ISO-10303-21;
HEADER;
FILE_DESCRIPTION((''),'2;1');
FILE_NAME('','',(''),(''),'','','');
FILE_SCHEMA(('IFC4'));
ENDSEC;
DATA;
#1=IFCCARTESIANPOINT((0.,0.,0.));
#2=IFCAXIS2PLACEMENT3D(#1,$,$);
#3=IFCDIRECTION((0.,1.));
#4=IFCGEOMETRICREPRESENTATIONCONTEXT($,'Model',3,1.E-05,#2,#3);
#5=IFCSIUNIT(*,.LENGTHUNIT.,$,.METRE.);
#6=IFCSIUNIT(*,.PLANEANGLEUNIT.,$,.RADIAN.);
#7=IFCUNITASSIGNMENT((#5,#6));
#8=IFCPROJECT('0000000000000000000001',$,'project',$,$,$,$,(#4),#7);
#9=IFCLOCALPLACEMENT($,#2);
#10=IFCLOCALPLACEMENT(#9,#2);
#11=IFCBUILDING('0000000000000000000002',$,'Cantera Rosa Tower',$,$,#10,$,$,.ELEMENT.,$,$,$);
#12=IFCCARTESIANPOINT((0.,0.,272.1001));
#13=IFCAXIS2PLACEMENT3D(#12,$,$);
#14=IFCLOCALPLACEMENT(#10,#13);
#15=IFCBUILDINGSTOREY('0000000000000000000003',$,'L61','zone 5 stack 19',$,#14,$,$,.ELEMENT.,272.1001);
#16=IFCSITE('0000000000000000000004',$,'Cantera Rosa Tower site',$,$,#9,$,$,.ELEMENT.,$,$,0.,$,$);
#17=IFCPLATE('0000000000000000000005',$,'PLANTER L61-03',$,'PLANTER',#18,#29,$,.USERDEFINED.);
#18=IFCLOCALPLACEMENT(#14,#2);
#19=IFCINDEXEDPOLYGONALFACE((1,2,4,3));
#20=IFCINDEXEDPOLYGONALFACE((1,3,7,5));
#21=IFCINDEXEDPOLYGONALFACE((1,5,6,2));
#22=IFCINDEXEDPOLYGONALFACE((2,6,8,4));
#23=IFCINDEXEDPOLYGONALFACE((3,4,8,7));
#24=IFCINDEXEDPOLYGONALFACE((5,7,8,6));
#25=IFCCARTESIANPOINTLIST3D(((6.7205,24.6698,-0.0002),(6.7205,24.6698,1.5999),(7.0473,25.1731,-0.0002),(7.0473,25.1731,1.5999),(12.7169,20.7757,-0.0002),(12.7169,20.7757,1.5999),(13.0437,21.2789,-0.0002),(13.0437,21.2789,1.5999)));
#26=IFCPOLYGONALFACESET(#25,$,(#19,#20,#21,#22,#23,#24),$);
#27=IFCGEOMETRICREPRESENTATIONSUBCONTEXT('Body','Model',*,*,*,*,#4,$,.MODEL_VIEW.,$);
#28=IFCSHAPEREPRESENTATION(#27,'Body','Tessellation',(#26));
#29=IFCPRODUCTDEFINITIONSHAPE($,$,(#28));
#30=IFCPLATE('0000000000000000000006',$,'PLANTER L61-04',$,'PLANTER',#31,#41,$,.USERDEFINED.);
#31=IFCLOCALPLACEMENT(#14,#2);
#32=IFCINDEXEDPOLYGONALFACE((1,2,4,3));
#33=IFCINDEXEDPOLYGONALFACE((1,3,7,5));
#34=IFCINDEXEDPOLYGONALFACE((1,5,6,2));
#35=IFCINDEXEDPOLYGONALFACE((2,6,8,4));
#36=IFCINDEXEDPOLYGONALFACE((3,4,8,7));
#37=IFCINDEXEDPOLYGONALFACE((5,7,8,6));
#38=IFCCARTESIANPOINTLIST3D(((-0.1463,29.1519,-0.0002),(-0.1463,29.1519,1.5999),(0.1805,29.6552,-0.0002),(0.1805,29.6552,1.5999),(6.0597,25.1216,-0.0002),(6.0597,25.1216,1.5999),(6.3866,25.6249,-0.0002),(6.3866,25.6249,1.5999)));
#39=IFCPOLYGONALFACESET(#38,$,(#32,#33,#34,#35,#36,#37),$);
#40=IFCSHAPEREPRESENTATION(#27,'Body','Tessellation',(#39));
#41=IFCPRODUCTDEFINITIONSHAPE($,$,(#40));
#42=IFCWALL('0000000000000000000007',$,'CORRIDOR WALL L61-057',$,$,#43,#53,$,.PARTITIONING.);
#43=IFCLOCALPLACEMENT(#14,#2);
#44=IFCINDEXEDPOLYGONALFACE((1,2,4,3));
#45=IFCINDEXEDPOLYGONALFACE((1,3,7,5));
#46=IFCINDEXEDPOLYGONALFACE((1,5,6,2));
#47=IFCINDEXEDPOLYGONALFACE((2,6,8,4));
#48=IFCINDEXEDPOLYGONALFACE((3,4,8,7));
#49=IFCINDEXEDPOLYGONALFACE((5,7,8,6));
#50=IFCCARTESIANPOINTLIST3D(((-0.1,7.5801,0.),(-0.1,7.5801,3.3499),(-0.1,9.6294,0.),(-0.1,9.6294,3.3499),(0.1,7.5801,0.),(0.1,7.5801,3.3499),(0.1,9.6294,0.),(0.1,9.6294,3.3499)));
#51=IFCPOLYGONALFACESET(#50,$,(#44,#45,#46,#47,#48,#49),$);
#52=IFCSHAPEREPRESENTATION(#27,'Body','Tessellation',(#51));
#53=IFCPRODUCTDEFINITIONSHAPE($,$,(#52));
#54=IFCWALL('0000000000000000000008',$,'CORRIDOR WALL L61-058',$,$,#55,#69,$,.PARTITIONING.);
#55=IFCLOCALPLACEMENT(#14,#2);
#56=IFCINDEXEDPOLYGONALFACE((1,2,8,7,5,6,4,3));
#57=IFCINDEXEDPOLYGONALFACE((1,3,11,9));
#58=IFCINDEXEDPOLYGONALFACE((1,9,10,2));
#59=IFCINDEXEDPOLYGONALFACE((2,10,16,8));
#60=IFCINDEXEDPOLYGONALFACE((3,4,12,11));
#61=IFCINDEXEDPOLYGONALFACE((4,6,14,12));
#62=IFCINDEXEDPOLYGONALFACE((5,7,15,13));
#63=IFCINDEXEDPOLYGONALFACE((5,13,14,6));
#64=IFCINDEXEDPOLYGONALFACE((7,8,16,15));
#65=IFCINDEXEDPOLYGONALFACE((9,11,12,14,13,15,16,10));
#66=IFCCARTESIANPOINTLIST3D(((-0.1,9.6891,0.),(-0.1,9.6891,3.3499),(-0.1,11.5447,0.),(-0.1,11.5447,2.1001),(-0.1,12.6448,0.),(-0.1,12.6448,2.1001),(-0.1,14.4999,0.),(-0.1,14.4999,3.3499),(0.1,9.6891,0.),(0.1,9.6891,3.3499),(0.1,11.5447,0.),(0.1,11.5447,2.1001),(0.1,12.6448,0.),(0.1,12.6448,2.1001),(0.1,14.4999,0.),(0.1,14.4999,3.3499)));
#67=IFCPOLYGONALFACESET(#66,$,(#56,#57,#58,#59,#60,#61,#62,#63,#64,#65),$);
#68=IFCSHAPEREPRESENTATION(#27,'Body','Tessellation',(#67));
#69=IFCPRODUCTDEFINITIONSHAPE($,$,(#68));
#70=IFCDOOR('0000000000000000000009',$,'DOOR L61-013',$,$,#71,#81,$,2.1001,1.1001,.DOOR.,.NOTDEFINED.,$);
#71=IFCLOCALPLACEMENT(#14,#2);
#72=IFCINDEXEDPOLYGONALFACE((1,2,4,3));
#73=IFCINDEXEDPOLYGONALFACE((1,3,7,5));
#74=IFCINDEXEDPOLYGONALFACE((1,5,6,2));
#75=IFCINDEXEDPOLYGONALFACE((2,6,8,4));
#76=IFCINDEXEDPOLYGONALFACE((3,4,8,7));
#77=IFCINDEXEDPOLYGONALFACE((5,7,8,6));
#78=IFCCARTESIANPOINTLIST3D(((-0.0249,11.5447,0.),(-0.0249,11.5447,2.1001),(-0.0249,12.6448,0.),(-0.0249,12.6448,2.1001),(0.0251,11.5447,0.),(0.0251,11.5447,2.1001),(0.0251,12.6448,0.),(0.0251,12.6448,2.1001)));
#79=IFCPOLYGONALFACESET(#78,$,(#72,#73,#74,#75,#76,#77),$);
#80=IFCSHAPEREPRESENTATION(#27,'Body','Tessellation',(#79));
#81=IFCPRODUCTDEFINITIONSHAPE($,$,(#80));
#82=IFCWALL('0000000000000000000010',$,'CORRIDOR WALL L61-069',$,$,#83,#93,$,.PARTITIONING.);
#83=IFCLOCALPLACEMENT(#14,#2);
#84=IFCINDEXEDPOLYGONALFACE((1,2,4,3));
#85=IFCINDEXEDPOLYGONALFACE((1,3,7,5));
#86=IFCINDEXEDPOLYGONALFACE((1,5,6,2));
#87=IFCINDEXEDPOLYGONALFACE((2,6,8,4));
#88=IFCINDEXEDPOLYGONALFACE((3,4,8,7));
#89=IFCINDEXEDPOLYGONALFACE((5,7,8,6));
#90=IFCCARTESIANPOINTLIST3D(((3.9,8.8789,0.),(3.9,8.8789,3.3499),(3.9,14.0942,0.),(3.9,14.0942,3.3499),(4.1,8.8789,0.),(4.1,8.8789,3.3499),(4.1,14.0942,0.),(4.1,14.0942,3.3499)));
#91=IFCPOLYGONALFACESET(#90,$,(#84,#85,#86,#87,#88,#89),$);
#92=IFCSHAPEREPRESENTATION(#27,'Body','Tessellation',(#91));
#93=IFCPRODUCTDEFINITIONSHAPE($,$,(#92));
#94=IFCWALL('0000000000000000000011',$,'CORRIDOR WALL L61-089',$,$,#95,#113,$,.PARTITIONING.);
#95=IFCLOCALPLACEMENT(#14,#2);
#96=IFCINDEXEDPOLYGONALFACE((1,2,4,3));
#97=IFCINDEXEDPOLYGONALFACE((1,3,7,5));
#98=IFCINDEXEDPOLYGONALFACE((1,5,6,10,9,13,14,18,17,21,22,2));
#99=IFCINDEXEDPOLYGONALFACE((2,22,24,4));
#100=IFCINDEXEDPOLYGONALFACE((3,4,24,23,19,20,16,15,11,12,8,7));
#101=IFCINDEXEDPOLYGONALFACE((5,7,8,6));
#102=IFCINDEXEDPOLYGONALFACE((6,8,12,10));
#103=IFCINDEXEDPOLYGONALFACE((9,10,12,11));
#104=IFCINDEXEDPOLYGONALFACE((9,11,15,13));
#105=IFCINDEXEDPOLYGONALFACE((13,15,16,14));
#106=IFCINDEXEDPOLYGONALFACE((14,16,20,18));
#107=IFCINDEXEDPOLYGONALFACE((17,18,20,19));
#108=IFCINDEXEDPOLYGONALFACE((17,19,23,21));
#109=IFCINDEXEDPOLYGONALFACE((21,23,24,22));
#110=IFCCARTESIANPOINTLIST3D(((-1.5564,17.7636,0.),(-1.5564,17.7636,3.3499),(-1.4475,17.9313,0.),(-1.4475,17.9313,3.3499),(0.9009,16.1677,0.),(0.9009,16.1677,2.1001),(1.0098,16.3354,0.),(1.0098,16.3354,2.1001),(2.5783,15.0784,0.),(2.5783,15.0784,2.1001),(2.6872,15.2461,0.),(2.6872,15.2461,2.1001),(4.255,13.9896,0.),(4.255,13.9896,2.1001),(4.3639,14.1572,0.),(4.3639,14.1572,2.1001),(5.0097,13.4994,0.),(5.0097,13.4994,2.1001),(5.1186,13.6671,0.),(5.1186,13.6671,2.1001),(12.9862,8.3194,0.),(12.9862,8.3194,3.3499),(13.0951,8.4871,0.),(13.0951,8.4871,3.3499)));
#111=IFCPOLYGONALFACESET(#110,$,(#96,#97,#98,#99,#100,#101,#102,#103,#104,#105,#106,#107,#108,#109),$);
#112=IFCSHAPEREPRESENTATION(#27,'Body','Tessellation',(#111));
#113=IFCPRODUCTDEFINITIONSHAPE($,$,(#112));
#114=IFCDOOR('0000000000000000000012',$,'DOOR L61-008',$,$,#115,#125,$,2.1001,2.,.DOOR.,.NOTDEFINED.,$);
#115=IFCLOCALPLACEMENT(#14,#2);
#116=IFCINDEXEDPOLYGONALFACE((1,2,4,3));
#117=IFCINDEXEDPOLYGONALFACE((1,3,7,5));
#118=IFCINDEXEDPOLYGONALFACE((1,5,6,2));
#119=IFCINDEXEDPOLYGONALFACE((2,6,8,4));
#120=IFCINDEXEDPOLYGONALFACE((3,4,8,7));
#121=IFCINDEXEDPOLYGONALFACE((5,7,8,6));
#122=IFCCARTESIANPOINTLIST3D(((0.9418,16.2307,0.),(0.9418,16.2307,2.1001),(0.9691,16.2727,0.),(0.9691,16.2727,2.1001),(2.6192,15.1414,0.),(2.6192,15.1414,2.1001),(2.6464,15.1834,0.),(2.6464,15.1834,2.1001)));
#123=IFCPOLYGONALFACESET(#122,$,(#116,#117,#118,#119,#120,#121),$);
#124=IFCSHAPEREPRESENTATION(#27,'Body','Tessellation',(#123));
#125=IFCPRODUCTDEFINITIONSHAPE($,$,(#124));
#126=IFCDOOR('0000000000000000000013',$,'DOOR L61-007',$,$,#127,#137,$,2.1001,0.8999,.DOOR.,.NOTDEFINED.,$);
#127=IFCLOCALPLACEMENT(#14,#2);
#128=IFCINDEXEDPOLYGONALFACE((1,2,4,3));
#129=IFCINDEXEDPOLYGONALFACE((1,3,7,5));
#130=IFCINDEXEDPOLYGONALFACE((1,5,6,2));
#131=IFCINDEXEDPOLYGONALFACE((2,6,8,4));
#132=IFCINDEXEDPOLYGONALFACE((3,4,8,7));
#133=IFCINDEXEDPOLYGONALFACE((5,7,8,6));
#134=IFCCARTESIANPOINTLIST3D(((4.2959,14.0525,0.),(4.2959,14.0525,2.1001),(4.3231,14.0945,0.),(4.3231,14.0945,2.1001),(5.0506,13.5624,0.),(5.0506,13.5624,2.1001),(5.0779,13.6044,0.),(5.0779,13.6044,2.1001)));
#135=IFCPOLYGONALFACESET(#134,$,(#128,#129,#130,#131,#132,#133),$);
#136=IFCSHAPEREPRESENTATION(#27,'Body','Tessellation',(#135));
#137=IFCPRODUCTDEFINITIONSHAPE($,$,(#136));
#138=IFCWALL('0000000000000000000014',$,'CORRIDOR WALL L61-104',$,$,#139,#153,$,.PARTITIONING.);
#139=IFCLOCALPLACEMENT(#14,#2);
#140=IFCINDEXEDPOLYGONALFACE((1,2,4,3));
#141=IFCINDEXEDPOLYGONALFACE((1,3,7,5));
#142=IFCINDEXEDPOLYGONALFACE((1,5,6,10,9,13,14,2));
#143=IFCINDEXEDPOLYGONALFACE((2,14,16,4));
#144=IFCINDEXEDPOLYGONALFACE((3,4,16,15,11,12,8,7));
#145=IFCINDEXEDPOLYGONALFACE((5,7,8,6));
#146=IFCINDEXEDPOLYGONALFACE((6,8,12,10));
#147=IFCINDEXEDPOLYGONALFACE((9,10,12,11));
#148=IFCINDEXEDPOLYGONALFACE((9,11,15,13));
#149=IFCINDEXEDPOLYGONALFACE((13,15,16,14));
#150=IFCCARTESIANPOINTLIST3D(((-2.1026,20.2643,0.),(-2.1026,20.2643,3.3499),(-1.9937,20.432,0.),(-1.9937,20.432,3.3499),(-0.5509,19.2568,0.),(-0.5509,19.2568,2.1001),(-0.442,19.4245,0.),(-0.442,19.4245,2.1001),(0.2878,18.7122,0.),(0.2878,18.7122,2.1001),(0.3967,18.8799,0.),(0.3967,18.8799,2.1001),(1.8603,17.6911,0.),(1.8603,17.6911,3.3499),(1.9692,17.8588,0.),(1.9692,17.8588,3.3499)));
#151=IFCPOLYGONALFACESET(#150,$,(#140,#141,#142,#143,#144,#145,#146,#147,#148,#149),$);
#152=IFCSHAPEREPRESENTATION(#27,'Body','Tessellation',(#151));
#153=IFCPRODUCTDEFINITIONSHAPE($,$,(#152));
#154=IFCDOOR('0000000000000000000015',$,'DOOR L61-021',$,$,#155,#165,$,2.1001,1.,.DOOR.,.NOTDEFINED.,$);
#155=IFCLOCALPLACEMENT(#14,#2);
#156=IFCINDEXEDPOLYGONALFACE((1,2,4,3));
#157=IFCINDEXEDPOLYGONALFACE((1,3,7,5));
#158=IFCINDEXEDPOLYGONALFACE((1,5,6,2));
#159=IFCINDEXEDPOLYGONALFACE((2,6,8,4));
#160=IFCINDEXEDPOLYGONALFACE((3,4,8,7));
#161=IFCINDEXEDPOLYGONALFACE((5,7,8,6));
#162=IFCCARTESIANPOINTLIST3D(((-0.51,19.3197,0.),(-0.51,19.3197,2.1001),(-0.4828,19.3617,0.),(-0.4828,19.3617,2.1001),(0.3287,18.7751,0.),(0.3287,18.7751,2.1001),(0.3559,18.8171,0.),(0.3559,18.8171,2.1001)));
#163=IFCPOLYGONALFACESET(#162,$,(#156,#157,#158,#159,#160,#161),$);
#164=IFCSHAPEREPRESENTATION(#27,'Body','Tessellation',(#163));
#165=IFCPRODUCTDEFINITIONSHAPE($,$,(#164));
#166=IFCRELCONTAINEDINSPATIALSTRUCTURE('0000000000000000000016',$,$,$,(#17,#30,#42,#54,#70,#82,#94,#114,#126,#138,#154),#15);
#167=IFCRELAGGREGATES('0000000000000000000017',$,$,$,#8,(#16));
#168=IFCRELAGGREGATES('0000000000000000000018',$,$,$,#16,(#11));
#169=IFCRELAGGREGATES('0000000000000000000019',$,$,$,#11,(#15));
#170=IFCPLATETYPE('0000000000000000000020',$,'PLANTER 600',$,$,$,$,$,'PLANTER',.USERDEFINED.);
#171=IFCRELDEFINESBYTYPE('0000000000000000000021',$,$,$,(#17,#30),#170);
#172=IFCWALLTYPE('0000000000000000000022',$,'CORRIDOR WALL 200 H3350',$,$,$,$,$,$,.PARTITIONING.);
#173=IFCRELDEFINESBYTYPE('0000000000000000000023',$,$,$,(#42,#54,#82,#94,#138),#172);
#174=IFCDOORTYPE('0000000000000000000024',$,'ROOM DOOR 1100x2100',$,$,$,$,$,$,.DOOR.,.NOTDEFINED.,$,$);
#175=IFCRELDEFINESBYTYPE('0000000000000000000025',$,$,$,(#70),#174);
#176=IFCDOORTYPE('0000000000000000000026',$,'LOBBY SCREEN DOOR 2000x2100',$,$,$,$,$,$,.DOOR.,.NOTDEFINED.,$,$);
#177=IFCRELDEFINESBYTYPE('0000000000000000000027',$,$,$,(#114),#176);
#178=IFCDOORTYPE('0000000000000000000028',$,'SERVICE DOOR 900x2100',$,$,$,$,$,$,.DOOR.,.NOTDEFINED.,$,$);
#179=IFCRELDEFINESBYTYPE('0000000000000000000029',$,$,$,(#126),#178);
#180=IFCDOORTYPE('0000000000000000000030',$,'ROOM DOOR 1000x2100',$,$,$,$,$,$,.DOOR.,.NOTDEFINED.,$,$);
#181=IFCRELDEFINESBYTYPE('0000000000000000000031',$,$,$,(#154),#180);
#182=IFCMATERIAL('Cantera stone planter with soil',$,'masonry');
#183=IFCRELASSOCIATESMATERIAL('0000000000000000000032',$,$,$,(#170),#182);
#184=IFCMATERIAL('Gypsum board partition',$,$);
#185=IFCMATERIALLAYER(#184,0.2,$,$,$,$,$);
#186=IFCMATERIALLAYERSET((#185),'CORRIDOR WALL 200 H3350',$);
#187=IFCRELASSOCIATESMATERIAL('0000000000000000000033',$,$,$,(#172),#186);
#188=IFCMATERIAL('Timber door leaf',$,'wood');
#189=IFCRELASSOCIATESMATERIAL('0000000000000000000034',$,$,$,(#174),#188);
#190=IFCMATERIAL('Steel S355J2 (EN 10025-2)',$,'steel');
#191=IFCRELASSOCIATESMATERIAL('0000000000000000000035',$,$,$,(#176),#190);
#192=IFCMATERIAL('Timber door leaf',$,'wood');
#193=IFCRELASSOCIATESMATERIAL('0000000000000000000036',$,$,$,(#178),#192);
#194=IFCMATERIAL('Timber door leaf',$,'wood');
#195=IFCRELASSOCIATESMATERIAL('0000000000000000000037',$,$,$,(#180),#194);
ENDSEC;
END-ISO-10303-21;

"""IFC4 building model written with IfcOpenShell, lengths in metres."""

from ifc_helpers import new_model, si_unit, direction, frame, frame_2d, origin, origin_2d, place, context, subcontext, project, spatial, rectangle, extrude, material, layer, layer_set, type_object, element, fill, save


model = new_model("IFC4")

# Units and contexts
model_context = context("Model", 3, precision=1e-05, world=origin(), true_north=direction((0.0, 1.0)))
body_context = subcontext(model_context, "Body", "Model", "MODEL_VIEW")
ifc_project = project(units=[si_unit("LENGTHUNIT", "METRE"), si_unit("PLANEANGLEUNIT", "RADIAN")], contexts=[model_context])

# Site, building, storey
site_placement = place(None, origin())
site = spatial("IfcSite", under=ifc_project, at=site_placement, Name="Cantera Rosa Tower site", CompositionType="ELEMENT", RefElevation=0.0)
building_placement = place(site_placement, origin())
building = spatial("IfcBuilding", under=site, at=building_placement, Name="Cantera Rosa Tower", CompositionType="ELEMENT")
storey_placement = place(building_placement, frame((0.0, 0.0, 272.1001)))
storey = spatial("IfcBuildingStorey", under=building, at=storey_placement, Name="L61", Description="zone 5 stack 19", CompositionType="ELEMENT", Elevation=272.1001)

# Plates
ifc_material_1 = material(Name="Cantera stone planter with soil", Category="masonry")
plate_type = type_object("IfcPlateType", Name="PLANTER 600", ElementType="PLANTER", PredefinedType="USERDEFINED", material=ifc_material_1)
plate_1_placement = place(storey_placement, frame((9.8821, 22.9744, -0.0002), z_axis=(0.0, 0.0, 1.0), x_axis=(-0.838671, 0.544639, 0.0)))
element("IfcPlate", 1, at=plate_1_placement, inside=storey, type_object=plate_type, Name="PLANTER L61-03", ObjectType="PLANTER", PredefinedType="USERDEFINED", context=body_context, shape_type="SweptSolid", body=[
    extrude(rectangle(XDim=7.1499, YDim=0.6001, at=origin_2d()), origin(), (0.0, 0.0, 1.0), 1.6001),
])
plate_2_placement = place(storey_placement, frame((3.1201, 27.3884, -0.0002), z_axis=(0.0, 0.0, 1.0), x_axis=(-0.838671, 0.544639, 0.0)))
element("IfcPlate", 2, at=plate_2_placement, inside=storey, type_object=plate_type, Name="PLANTER L61-04", ObjectType="PLANTER", PredefinedType="USERDEFINED", context=body_context, shape_type="SweptSolid", body=[
    extrude(rectangle(XDim=7.3999, YDim=0.6001, at=origin_2d()), origin(), (0.0, 0.0, 1.0), 1.6001),
])

# Wall
ifc_material_2 = material(Name="Gypsum board partition")
ifc_layer_1 = layer(ifc_material_2, 0.2)
ifc_layer_set_1 = layer_set([ifc_layer_1], Name="CORRIDOR WALL 200 H3350")
wall_type_1 = type_object("IfcWallType", Name="CORRIDOR WALL 200 H3350", PredefinedType="PARTITIONING", material=ifc_layer_set_1)
wall_1_placement = place(storey_placement, frame((0.0, 7.5801, 0.0), z_axis=(0.0, 0.0, 1.0), x_axis=(0.0, 1.0, 0.0)))
element("IfcWall", 3, at=wall_1_placement, inside=storey, type_object=wall_type_1, Name="CORRIDOR WALL L61-057", PredefinedType="PARTITIONING", context=body_context, shape_type="SweptSolid", body=[
    extrude(rectangle(XDim=2.0493, YDim=0.2, at=frame_2d((1.0247, 0.0))), origin(), (0.0, 0.0, 1.0), 3.3499),
])

# Wall, opening, door
wall_2_placement = place(storey_placement, frame((0.0, 9.6892, 0.0), z_axis=(0.0, 0.0, 1.0), x_axis=(0.0, 1.0, 0.0)))
wall_2 = element("IfcWall", 4, at=wall_2_placement, inside=storey, type_object=wall_type_1, Name="CORRIDOR WALL L61-058", PredefinedType="PARTITIONING", context=body_context, shape_type="SweptSolid", body=[
    extrude(rectangle(XDim=4.8108, YDim=0.2, at=frame_2d((2.4053, 0.0))), origin(), (0.0, 0.0, 1.0), 3.3499),
])
opening_1_placement = place(wall_2_placement, frame((1.8555, 0.0, 0.0)))
opening_1 = element("IfcOpeningElement", 5, at=opening_1_placement, cuts=wall_2, PredefinedType="OPENING", context=body_context, shape_type="SweptSolid", body=[
    extrude(rectangle(XDim=1.1001, YDim=2.1001, at=frame_2d((0.55, 1.05))), frame((0.0, 0.1099, 0.0), z_axis=(0.0, -1.0, 0.0), x_axis=(1.0, 0.0, 0.0)), (0.0, 0.0, 1.0), 0.22),
])
ifc_material_3 = material(Name="Timber door leaf", Category="wood")
door_type_1 = type_object("IfcDoorType", Name="ROOM DOOR 1100x2100", OperationType="NOTDEFINED", PredefinedType="DOOR", material=ifc_material_3)
door_1_placement = place(opening_1_placement, origin())
door_1 = element("IfcDoor", 6, at=door_1_placement, inside=storey, type_object=door_type_1, Name="DOOR L61-013", OperationType="NOTDEFINED", OverallHeight=2.1001, OverallWidth=1.1001, PredefinedType="DOOR", context=body_context, shape_type="SweptSolid", body=[
    extrude(rectangle(XDim=1.1001, YDim=2.1001, at=frame_2d((0.55, 1.05))), frame((0.0, 0.0249, 0.0), z_axis=(0.0, -1.0, 0.0), x_axis=(1.0, 0.0, 0.0)), (0.0, 0.0, 1.0), 0.05),
])
fill(opening_1, door_1)

# Wall
wall_3_placement = place(storey_placement, frame((4.0, 8.8789, 0.0), z_axis=(0.0, 0.0, 1.0), x_axis=(0.0, 1.0, 0.0)))
element("IfcWall", 7, at=wall_3_placement, inside=storey, type_object=wall_type_1, Name="CORRIDOR WALL L61-069", PredefinedType="PARTITIONING", context=body_context, shape_type="SweptSolid", body=[
    extrude(rectangle(XDim=5.2153, YDim=0.2, at=frame_2d((2.6077, 0.0))), origin(), (0.0, 0.0, 1.0), 3.3499),
])

# Wall, openings, doors
wall_4_placement = place(storey_placement, frame((13.0405, 8.4033, 0.0), z_axis=(0.0, 0.0, 1.0), x_axis=(-0.838668, 0.544643, 0.0)))
wall_4 = element("IfcWall", 8, at=wall_4_placement, inside=storey, type_object=wall_type_1, Name="CORRIDOR WALL L61-089", PredefinedType="PARTITIONING", context=body_context, shape_type="SweptSolid", body=[
    extrude(rectangle(XDim=17.3401, YDim=0.2, at=frame_2d((8.6699, 0.0))), origin(), (0.0, 0.0, 1.0), 3.3499),
])
opening_2_placement = place(wall_4_placement, frame((9.5107, 0.0, 0.0)))
opening_2 = element("IfcOpeningElement", 9, at=opening_2_placement, cuts=wall_4, PredefinedType="OPENING", context=body_context, shape_type="SweptSolid", body=[
    extrude(rectangle(XDim=0.8999, YDim=2.1001, at=frame_2d((0.45, 1.05))), frame((0.0, 0.1099, 0.0), z_axis=(0.0, -1.0, 0.0), x_axis=(1.0, 0.0, 0.0)), (0.0, 0.0, 1.0), 0.22),
])
opening_3_placement = place(wall_4_placement, frame((12.4099, 0.0, 0.0)))
opening_3 = element("IfcOpeningElement", 10, at=opening_3_placement, cuts=wall_4, PredefinedType="OPENING", context=body_context, shape_type="SweptSolid", body=[
    extrude(rectangle(XDim=2.0, YDim=2.1001, at=frame_2d((1.0, 1.05))), frame((0.0, 0.1099, 0.0), z_axis=(0.0, -1.0, 0.0), x_axis=(1.0, 0.0, 0.0)), (0.0, 0.0, 1.0), 0.22),
])
ifc_material_4 = material(Name="Steel S355J2 (EN 10025-2)", Category="steel")
door_type_2 = type_object("IfcDoorType", Name="LOBBY SCREEN DOOR 2000x2100", OperationType="NOTDEFINED", PredefinedType="DOOR", material=ifc_material_4)
door_2_placement = place(opening_3_placement, origin())
door_2 = element("IfcDoor", 11, at=door_2_placement, inside=storey, type_object=door_type_2, Name="DOOR L61-008", OperationType="NOTDEFINED", OverallHeight=2.1001, OverallWidth=2.0, PredefinedType="DOOR", context=body_context, shape_type="SweptSolid", body=[
    extrude(rectangle(XDim=2.0, YDim=2.1001, at=frame_2d((1.0, 1.05))), frame((0.0, 0.0249, 0.0), z_axis=(0.0, -1.0, 0.0), x_axis=(1.0, 0.0, 0.0)), (0.0, 0.0, 1.0), 0.05),
])
fill(opening_3, door_2)
ifc_material_5 = material(Name="Timber door leaf", Category="wood")
door_type_3 = type_object("IfcDoorType", Name="SERVICE DOOR 900x2100", OperationType="NOTDEFINED", PredefinedType="DOOR", material=ifc_material_5)
door_3_placement = place(opening_2_placement, origin())
door_3 = element("IfcDoor", 12, at=door_3_placement, inside=storey, type_object=door_type_3, Name="DOOR L61-007", OperationType="NOTDEFINED", OverallHeight=2.1001, OverallWidth=0.8999, PredefinedType="DOOR", context=body_context, shape_type="SweptSolid", body=[
    extrude(rectangle(XDim=0.8999, YDim=2.1001, at=frame_2d((0.45, 1.05))), frame((0.0, 0.0249, 0.0), z_axis=(0.0, -1.0, 0.0), x_axis=(1.0, 0.0, 0.0)), (0.0, 0.0, 1.0), 0.05),
])
fill(opening_2, door_3)

# Wall, opening, door
wall_5_placement = place(storey_placement, frame((1.9148, 17.7749, 0.0), z_axis=(0.0, 0.0, 1.0), x_axis=(-0.838699, 0.544596, 0.0)))
wall_5 = element("IfcWall", 13, at=wall_5_placement, inside=storey, type_object=wall_type_1, Name="CORRIDOR WALL L61-104", PredefinedType="PARTITIONING", context=body_context, shape_type="SweptSolid", body=[
    extrude(rectangle(XDim=4.7251, YDim=0.2, at=frame_2d((2.3625, 0.0))), origin(), (0.0, 0.0, 1.0), 3.3499),
])
opening_4_placement = place(wall_5_placement, frame((1.875, 0.0, 0.0)))
opening_4 = element("IfcOpeningElement", 14, at=opening_4_placement, cuts=wall_5, PredefinedType="OPENING", context=body_context, shape_type="SweptSolid", body=[
    extrude(rectangle(XDim=1.0, YDim=2.1001, at=frame_2d((0.5, 1.05))), frame((0.0, 0.1099, 0.0), z_axis=(0.0, -1.0, 0.0), x_axis=(1.0, 0.0, 0.0)), (0.0, 0.0, 1.0), 0.22),
])
ifc_material_6 = material(Name="Timber door leaf", Category="wood")
door_type_4 = type_object("IfcDoorType", Name="ROOM DOOR 1000x2100", OperationType="NOTDEFINED", PredefinedType="DOOR", material=ifc_material_6)
door_4_placement = place(opening_4_placement, origin())
door_4 = element("IfcDoor", 15, at=door_4_placement, inside=storey, type_object=door_type_4, Name="DOOR L61-021", OperationType="NOTDEFINED", OverallHeight=2.1001, OverallWidth=1.0, PredefinedType="DOOR", context=body_context, shape_type="SweptSolid", body=[
    extrude(rectangle(XDim=1.0, YDim=2.1001, at=frame_2d((0.5, 1.05))), frame((0.0, 0.0249, 0.0), z_axis=(0.0, -1.0, 0.0), x_axis=(1.0, 0.0, 0.0)), (0.0, 0.0, 1.0), 0.05),
])
fill(opening_4, door_4)

save(model, "model.ifc")
